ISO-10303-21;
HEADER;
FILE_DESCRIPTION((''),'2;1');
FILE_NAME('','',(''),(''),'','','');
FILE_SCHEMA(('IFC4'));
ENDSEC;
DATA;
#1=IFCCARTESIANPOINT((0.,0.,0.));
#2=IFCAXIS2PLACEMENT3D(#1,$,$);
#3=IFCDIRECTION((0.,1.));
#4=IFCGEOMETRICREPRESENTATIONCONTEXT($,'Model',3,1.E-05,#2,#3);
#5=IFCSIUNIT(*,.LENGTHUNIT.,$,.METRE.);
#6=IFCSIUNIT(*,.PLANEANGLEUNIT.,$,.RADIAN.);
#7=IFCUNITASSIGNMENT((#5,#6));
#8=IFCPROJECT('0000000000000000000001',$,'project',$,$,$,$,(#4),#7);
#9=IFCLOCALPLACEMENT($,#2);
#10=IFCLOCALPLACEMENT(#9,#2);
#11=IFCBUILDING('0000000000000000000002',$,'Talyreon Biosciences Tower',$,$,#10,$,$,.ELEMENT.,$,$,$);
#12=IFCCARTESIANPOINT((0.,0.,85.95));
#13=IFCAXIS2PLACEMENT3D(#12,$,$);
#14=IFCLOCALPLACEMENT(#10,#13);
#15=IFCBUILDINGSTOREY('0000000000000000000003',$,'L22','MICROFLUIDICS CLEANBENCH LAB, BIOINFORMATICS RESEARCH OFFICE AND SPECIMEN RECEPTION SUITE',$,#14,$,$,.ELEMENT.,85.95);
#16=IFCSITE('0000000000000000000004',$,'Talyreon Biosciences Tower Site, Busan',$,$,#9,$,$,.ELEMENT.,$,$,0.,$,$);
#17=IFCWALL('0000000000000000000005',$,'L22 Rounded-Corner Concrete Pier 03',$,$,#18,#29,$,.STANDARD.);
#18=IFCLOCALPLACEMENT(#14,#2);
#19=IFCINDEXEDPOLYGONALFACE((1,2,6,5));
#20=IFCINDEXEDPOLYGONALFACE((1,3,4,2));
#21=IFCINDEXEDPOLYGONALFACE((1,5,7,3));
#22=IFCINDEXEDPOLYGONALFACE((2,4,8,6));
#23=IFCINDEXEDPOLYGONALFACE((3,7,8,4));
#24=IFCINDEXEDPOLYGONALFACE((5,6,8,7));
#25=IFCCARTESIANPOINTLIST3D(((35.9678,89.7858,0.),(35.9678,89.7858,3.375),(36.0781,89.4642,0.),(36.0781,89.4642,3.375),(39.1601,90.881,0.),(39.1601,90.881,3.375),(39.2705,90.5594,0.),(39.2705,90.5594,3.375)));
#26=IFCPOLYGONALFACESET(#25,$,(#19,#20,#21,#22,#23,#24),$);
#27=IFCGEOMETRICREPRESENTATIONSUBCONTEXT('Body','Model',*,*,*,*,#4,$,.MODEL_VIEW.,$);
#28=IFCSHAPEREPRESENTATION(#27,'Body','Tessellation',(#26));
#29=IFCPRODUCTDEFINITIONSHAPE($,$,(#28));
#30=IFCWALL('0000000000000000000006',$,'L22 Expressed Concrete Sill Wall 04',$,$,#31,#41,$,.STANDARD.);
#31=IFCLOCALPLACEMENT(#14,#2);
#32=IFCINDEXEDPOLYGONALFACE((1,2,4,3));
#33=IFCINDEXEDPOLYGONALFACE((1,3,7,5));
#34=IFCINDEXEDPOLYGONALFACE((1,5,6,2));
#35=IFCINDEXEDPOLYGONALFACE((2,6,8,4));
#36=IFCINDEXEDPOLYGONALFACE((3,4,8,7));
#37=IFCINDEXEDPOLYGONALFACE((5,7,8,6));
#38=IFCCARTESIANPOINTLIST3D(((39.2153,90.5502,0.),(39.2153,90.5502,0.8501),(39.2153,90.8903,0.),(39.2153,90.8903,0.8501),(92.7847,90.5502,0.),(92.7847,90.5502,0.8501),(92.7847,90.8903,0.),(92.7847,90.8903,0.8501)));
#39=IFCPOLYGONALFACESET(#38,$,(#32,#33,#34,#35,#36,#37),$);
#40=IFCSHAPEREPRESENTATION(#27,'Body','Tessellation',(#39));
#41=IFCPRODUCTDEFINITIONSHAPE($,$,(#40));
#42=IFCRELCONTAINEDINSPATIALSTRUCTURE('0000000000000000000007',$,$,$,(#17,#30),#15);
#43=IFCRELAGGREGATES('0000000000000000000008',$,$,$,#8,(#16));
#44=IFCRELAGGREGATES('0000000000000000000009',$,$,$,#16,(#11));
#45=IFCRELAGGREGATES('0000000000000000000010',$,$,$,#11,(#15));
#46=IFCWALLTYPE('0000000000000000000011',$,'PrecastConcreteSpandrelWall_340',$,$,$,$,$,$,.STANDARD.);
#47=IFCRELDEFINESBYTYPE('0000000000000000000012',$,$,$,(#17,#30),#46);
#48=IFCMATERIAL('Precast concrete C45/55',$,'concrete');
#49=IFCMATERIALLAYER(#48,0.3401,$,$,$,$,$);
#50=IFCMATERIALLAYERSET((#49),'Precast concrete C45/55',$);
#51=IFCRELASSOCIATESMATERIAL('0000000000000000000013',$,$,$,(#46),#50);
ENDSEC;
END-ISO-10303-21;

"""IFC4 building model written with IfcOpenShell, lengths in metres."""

from ifc_helpers import new_model, si_unit, direction, frame, frame_2d, origin, place, context, subcontext, project, spatial, rectangle, extrude, material, layer, layer_set, type_object, element, save


model = new_model("IFC4")

# Units and contexts
model_context = context("Model", 3, precision=1e-05, world=origin(), true_north=direction((0.0, 1.0)))
body_context = subcontext(model_context, "Body", "Model", "MODEL_VIEW")
ifc_project = project(units=[si_unit("LENGTHUNIT", "METRE"), si_unit("PLANEANGLEUNIT", "RADIAN")], contexts=[model_context])

# Site, building, storey
site_placement = place(None, origin())
site = spatial("IfcSite", under=ifc_project, at=site_placement, Name="Talyreon Biosciences Tower Site, Busan", CompositionType="ELEMENT", RefElevation=0.0)
building_placement = place(site_placement, origin())
building = spatial("IfcBuilding", under=site, at=building_placement, Name="Talyreon Biosciences Tower", CompositionType="ELEMENT")
storey_placement = place(building_placement, frame((0.0, 0.0, 85.95)))
storey = spatial("IfcBuildingStorey", under=building, at=storey_placement, Name="L22", Description="MICROFLUIDICS CLEANBENCH LAB, BIOINFORMATICS RESEARCH OFFICE AND SPECIMEN RECEPTION SUITE", CompositionType="ELEMENT", Elevation=85.95)

# Shared definitions
ifc_material_1 = material(Name="Precast concrete C45/55", Category="concrete")

# Walls
ifc_layer_1 = layer(ifc_material_1, 0.3401)
ifc_layer_set_1 = layer_set([ifc_layer_1], Name="Precast concrete C45/55")
wall_type_1 = type_object("IfcWallType", Name="PrecastConcreteSpandrelWall_340", PredefinedType="STANDARD", material=ifc_layer_set_1)
for number, where, z_axis, x_axis, name in (
    (1, (36.0229, 89.625, 0.0), (0.0, 0.0, 1.0), (0.945884, 0.324506, 0.0), "L22 Rounded-Corner Concrete Pier 03"),
):
    element("IfcWall", number, at=place(storey_placement, frame(where, z_axis=z_axis, x_axis=x_axis)), inside=storey, type_object=wall_type_1, Name=name, PredefinedType="STANDARD", context=body_context, shape_type="SweptSolid", body=[
        extrude(rectangle(XDim=3.375, YDim=0.3401, at=frame_2d((1.6875, 0.0))), origin(), (0.0, 0.0, 1.0), 3.375),
    ])
wall_1_placement = place(storey_placement, frame((39.2153, 90.7202, 0.0), z_axis=(0.0, 0.0, 1.0), x_axis=(1.0, 0.0, 0.0)))
element("IfcWall", 2, at=wall_1_placement, inside=storey, type_object=wall_type_1, Name="L22 Expressed Concrete Sill Wall 04", PredefinedType="STANDARD", context=body_context, shape_type="SweptSolid", body=[
    extrude(rectangle(XDim=53.5693, YDim=0.3401, at=frame_2d((26.7847, 0.0))), origin(), (0.0, 0.0, 1.0), 0.8501),
])

save(model, "model.ifc")
